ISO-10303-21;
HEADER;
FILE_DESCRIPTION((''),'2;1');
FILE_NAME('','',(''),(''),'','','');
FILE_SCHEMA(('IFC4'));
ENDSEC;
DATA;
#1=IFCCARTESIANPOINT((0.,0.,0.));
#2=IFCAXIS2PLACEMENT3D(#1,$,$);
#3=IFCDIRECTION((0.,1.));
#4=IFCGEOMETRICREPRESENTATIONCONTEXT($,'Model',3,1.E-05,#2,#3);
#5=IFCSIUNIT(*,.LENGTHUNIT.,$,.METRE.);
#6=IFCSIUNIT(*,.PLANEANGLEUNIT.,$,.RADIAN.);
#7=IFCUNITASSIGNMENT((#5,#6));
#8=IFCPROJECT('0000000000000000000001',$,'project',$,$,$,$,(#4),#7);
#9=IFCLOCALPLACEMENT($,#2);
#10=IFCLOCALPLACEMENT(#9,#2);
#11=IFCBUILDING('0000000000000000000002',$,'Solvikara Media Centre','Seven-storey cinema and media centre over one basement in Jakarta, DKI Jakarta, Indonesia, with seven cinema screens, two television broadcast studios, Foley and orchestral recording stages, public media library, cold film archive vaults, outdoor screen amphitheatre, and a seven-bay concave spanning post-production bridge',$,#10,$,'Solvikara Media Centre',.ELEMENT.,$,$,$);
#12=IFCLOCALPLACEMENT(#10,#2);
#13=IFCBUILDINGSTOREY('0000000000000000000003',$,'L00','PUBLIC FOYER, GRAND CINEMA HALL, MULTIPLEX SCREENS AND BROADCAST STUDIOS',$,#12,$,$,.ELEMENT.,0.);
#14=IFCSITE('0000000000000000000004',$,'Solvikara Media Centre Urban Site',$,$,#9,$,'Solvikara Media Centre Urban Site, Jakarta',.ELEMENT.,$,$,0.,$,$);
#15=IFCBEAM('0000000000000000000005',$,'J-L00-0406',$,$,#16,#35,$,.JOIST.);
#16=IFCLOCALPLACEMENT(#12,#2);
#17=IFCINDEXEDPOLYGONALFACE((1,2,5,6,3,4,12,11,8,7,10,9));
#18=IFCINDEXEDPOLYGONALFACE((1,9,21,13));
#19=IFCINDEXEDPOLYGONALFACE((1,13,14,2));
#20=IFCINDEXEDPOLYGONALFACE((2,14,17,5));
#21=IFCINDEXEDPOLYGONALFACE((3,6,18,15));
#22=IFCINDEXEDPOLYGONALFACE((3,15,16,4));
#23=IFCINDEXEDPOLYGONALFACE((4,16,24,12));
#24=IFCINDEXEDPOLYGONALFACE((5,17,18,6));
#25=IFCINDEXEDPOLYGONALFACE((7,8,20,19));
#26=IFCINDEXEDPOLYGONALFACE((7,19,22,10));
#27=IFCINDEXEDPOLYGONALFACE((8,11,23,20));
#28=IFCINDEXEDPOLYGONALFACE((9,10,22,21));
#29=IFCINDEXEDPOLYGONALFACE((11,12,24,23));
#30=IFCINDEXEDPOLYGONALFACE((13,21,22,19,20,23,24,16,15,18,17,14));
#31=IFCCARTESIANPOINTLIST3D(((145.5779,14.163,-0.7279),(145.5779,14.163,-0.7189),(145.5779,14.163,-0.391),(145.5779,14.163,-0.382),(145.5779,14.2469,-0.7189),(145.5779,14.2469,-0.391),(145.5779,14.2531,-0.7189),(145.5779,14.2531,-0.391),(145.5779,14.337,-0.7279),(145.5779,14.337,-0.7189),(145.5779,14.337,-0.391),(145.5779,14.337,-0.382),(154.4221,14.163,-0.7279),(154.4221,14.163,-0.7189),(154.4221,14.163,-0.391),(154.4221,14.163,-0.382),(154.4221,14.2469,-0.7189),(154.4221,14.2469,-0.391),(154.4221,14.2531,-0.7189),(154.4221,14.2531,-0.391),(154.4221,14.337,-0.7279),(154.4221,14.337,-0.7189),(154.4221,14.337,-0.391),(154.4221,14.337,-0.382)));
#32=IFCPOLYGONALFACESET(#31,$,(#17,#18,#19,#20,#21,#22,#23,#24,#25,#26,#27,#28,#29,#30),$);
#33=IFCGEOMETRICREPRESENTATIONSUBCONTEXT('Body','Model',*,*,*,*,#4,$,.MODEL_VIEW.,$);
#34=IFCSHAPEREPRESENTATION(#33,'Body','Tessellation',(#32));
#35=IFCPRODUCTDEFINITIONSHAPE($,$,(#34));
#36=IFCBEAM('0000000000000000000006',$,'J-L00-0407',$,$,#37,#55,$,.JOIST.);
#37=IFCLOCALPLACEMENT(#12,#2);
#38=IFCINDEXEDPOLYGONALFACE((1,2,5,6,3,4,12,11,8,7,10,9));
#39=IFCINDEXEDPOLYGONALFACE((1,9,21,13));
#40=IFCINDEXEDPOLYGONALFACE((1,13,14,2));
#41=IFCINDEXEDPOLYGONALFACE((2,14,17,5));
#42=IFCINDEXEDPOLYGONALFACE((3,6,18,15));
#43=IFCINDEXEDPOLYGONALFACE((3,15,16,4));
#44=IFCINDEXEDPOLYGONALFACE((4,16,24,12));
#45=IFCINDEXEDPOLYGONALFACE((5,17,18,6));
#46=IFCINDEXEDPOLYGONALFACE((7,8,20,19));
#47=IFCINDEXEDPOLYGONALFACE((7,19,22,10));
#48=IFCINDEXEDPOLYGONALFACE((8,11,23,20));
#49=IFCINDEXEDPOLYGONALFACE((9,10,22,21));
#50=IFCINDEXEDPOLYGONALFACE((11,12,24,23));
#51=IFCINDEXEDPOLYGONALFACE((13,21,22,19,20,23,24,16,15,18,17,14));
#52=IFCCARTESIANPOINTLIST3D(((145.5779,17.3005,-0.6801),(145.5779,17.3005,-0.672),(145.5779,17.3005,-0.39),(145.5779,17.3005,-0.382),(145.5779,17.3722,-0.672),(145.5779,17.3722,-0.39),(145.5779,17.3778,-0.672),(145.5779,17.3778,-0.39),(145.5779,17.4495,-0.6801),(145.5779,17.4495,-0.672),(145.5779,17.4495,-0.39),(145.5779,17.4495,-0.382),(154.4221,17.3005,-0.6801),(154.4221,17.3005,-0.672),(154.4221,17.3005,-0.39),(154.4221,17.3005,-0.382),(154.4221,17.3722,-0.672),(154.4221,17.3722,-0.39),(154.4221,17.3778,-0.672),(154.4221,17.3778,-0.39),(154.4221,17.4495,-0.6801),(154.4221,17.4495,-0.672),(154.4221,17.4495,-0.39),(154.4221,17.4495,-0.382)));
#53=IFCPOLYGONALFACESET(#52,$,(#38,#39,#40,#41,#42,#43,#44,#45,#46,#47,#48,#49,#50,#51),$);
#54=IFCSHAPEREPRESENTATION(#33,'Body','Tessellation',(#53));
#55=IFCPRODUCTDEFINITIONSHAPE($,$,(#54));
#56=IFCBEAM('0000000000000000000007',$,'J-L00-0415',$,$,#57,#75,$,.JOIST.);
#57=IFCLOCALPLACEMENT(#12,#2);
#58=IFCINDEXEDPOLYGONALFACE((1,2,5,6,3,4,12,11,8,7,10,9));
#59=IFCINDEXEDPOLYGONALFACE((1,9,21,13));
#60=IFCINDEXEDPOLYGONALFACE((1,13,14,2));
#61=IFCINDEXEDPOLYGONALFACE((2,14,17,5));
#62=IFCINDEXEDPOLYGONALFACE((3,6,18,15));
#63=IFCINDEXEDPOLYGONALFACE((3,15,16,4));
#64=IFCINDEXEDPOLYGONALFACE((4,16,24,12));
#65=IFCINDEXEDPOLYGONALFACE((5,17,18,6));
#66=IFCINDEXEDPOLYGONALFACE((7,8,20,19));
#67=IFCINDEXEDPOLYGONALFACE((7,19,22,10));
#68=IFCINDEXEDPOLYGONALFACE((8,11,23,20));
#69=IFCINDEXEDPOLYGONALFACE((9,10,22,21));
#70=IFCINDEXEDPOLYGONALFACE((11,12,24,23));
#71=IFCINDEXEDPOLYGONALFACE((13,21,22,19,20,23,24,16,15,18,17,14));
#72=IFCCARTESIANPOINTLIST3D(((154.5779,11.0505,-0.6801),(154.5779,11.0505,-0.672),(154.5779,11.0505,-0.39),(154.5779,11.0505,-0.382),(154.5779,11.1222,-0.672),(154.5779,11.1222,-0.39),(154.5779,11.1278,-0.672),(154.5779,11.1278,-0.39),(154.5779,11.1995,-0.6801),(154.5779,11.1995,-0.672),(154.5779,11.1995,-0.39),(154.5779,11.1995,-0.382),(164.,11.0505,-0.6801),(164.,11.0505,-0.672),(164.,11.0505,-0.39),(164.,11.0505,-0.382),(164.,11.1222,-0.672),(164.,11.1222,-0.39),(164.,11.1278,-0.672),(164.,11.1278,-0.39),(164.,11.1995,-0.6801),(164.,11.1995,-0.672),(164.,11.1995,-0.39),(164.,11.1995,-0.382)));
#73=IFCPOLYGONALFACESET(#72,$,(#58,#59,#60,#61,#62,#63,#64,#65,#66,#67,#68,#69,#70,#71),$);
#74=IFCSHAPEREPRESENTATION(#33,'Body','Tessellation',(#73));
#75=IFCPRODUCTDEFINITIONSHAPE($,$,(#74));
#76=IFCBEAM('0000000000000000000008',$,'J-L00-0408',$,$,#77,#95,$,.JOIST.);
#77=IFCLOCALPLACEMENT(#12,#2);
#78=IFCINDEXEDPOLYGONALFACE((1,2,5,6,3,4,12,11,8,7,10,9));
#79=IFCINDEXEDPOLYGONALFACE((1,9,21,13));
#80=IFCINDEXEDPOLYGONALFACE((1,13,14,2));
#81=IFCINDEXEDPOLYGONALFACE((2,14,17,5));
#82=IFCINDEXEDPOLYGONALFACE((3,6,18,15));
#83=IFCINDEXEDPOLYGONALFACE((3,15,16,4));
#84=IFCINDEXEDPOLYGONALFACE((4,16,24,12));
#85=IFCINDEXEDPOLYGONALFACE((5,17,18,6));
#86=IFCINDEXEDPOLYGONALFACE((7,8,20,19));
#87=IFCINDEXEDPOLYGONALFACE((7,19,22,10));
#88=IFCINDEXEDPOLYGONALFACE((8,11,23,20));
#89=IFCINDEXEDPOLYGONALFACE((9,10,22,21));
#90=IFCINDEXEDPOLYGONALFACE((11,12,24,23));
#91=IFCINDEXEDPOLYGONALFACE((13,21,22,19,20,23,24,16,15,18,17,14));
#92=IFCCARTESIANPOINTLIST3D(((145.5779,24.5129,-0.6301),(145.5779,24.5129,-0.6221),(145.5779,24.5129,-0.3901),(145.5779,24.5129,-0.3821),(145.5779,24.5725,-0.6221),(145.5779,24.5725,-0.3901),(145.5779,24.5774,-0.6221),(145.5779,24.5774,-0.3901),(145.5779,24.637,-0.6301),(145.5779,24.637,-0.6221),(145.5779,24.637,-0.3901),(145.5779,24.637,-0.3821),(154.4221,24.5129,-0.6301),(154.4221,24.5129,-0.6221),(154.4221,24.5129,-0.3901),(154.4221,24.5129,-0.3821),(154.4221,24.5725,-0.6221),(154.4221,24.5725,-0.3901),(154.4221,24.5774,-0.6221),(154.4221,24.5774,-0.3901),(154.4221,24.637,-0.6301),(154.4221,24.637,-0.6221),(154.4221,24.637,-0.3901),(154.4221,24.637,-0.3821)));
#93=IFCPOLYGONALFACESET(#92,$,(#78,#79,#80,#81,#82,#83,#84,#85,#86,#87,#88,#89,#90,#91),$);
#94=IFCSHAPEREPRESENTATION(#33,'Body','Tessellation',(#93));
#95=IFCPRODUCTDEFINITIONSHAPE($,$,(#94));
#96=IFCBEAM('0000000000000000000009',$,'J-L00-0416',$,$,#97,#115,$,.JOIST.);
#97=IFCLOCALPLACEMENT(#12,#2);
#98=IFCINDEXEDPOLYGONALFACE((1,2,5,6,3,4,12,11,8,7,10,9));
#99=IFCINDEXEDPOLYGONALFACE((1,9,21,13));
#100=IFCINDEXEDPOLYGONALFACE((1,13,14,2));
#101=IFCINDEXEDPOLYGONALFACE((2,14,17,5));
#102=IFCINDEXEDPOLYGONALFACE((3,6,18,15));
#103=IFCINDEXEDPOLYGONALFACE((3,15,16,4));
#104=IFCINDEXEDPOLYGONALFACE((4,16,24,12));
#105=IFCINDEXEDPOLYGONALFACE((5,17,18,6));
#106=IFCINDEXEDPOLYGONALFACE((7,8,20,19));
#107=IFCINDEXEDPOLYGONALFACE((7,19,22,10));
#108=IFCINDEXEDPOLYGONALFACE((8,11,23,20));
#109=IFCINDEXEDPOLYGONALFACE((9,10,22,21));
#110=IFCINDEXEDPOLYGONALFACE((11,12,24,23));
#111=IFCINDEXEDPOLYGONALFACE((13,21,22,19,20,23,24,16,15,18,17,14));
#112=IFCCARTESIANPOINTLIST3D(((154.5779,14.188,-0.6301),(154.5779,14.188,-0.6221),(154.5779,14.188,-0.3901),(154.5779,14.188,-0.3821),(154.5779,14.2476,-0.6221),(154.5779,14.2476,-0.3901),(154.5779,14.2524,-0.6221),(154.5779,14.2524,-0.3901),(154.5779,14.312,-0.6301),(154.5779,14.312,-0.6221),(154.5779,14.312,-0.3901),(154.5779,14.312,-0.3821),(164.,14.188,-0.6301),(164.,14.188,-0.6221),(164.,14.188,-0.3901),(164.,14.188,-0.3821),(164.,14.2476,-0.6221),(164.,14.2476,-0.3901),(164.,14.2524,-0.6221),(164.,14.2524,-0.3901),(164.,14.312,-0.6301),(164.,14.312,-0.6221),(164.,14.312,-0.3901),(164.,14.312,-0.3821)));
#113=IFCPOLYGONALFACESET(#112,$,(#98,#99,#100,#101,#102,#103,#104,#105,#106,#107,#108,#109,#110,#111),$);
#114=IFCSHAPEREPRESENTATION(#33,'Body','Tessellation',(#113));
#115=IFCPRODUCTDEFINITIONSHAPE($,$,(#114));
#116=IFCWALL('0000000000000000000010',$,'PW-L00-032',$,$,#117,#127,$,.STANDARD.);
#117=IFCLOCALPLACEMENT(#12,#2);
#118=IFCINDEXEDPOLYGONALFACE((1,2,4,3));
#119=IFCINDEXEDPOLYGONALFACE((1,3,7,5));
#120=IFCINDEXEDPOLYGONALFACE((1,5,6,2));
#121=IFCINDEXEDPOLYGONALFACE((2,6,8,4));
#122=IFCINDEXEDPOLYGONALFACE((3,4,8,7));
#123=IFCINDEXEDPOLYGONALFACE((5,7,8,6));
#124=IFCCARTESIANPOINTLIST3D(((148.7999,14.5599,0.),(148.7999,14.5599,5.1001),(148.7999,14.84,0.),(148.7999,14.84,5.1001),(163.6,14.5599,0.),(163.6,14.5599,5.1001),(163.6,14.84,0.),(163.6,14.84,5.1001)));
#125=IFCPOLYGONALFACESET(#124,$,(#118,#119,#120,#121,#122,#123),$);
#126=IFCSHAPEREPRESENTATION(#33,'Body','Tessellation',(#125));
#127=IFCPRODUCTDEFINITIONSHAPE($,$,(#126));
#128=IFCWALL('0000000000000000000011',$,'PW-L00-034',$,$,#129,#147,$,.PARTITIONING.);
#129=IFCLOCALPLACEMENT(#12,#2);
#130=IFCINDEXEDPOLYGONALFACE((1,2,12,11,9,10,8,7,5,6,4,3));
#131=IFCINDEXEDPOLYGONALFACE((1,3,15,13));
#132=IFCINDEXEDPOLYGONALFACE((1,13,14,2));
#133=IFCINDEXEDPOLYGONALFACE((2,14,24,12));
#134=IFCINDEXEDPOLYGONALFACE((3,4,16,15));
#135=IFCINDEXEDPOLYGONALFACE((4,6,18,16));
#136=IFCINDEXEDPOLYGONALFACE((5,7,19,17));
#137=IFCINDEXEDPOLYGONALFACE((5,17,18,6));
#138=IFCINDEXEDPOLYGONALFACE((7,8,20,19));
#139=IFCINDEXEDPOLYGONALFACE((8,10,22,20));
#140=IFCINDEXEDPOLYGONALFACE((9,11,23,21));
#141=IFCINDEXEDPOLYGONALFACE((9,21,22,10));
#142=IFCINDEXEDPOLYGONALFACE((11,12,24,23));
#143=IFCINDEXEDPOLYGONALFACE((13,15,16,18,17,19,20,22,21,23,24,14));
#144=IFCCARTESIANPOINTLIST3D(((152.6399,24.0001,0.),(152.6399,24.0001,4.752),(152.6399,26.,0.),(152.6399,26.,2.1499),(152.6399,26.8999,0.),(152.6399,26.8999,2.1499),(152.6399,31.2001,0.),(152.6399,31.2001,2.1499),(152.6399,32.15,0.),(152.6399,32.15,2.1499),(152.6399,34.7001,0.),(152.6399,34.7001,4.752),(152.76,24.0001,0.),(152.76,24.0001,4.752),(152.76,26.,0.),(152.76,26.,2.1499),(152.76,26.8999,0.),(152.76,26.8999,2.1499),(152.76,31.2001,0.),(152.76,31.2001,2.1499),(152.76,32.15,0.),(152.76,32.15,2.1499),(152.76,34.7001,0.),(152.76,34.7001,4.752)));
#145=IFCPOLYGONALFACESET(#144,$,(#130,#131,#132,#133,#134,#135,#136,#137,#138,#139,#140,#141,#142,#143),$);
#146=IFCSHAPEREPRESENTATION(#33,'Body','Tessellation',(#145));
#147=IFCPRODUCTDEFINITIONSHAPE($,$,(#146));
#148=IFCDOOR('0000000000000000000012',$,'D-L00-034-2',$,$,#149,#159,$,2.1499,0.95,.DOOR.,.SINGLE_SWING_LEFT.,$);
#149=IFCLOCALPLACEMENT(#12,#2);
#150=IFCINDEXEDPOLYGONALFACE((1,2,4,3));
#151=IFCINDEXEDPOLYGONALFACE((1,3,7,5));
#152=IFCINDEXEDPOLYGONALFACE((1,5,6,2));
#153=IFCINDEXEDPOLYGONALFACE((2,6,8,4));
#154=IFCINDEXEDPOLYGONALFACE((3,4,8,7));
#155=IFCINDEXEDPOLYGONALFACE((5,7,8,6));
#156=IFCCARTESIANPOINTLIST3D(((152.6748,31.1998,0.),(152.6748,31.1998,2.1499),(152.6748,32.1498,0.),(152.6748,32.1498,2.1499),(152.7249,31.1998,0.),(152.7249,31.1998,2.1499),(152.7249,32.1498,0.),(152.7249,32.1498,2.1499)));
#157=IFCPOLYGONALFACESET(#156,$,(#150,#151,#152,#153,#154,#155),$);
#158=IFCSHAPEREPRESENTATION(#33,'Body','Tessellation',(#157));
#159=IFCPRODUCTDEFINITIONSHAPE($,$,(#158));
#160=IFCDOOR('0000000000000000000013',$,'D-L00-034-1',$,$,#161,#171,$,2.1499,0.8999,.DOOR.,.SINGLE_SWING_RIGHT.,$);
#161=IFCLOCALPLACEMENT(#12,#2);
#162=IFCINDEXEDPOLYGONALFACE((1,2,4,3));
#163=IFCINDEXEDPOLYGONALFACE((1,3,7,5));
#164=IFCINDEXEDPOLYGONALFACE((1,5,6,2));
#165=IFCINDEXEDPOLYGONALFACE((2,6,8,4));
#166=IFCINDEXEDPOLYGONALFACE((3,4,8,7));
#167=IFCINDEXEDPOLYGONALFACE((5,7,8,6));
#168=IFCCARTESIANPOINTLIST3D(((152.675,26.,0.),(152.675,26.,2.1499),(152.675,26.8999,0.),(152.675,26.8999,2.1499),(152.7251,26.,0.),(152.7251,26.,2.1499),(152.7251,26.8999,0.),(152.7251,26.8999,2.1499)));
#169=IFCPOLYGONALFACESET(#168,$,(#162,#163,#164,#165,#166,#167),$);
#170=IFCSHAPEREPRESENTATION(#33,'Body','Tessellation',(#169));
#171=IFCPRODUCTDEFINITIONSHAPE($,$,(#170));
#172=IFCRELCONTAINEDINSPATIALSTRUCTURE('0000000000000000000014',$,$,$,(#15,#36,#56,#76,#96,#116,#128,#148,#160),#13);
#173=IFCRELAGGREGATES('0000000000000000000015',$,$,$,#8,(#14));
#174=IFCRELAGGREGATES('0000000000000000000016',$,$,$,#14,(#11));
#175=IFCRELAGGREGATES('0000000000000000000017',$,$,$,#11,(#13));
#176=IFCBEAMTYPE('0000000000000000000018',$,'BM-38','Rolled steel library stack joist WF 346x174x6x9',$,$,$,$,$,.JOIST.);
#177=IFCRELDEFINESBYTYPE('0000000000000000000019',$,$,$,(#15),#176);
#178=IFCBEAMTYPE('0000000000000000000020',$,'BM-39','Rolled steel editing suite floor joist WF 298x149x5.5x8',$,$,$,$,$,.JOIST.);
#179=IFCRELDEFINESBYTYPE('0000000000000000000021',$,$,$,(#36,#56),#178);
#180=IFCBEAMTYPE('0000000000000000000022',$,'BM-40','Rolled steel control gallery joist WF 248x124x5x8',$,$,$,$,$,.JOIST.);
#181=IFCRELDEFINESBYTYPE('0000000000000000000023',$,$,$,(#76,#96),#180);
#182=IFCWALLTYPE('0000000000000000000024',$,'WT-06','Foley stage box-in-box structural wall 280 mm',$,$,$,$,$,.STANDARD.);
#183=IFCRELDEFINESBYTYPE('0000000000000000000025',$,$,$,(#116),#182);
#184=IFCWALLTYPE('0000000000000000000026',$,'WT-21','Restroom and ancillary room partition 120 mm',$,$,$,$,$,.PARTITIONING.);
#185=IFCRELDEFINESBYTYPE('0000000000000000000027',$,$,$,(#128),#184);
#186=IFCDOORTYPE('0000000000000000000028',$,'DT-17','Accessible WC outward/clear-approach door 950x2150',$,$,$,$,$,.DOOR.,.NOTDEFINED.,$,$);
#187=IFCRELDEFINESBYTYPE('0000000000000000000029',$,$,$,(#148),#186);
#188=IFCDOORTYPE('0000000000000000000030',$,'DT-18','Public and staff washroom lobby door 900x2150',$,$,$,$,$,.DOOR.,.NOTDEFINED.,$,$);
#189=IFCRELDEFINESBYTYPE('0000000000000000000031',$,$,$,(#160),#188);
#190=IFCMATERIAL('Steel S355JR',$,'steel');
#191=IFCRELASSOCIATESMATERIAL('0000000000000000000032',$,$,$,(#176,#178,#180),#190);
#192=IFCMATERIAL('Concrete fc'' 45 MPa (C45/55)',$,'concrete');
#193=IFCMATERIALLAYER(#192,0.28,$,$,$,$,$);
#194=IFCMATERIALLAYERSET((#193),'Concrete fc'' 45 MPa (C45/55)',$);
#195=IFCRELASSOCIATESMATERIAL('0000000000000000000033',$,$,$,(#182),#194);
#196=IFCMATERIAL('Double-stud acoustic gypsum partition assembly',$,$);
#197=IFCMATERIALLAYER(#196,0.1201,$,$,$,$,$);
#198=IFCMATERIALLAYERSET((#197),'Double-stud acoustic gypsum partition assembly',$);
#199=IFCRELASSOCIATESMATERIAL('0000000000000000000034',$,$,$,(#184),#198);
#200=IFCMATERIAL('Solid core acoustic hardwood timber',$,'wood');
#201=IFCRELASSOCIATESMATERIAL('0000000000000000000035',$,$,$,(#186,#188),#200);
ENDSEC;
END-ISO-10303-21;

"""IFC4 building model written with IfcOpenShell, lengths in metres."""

from ifc_helpers import new_model, si_unit, direction, frame, frame_2d, origin, origin_2d, place, context, subcontext, project, spatial, rectangle, i_section, extrude, material, layer, layer_set, material_profile, profile_set, type_object, element, fill, save


model = new_model("IFC4")

# Units and contexts
model_context = context("Model", 3, precision=1e-05, world=origin(), true_north=direction((0.0, 1.0)))
body_context = subcontext(model_context, "Body", "Model", "MODEL_VIEW")
ifc_project = project(units=[si_unit("LENGTHUNIT", "METRE"), si_unit("PLANEANGLEUNIT", "RADIAN")], contexts=[model_context])

# Site, building, storey
site_placement = place(None, origin())
site = spatial("IfcSite", under=ifc_project, at=site_placement, Name="Solvikara Media Centre Urban Site", LongName="Solvikara Media Centre Urban Site, Jakarta", CompositionType="ELEMENT", RefElevation=0.0)
building_placement = place(site_placement, origin())
building = spatial("IfcBuilding", under=site, at=building_placement, Name="Solvikara Media Centre", Description="Seven-storey cinema and media centre over one basement in Jakarta, DKI Jakarta, Indonesia, with seven cinema screens, two television broadcast studios, Foley and orchestral recording stages, public media library, cold film archive vaults, outdoor screen amphitheatre, and a seven-bay concave spanning post-production bridge", LongName="Solvikara Media Centre", CompositionType="ELEMENT")
storey_placement = place(building_placement, origin())
storey = spatial("IfcBuildingStorey", under=building, at=storey_placement, Name="L00", Description="PUBLIC FOYER, GRAND CINEMA HALL, MULTIPLEX SCREENS AND BROADCAST STUDIOS", CompositionType="ELEMENT", Elevation=0.0)

# Shared definitions
ifc_material_1 = material(Name="Concrete fc' 45 MPa (C45/55)", Category="concrete")

# Beams
ifc_material_2 = material(Name="Steel S355JR", Category="steel")
ifc_material_profile_1 = material_profile(ifc_material_2, i_section(OverallWidth=0.1741, OverallDepth=0.3459, WebThickness=0.0061, FlangeThickness=0.009, at=origin_2d()), Name="WF 346x174x6x9")
ifc_profile_set_1 = profile_set([ifc_material_profile_1], Name="Steel S355JR")
beam_type_1 = type_object("IfcBeamType", Name="BM-38", Description="Rolled steel library stack joist WF 346x174x6x9", PredefinedType="JOIST", material=ifc_profile_set_1)
beam_1_placement = place(storey_placement, frame((145.5779, 14.25, -0.5549), z_axis=(1.0, 0.0, 0.0), x_axis=(0.0, 1.0, 0.0)))
element("IfcBeam", 1, at=beam_1_placement, inside=storey, type_object=beam_type_1, Name="J-L00-0406", PredefinedType="JOIST", context=body_context, shape_type="SweptSolid", body=[
    extrude(i_section(OverallWidth=0.1741, OverallDepth=0.3459, WebThickness=0.0061, FlangeThickness=0.009, at=origin_2d()), origin(), (0.0, 0.0, 1.0), 8.8442),
])
ifc_material_profile_2 = material_profile(ifc_material_2, i_section(OverallWidth=0.1489, OverallDepth=0.2981, WebThickness=0.0056, FlangeThickness=0.0081, at=origin_2d()), Name="WF 298x149x5.5x8")
ifc_profile_set_2 = profile_set([ifc_material_profile_2], Name="Steel S355JR")
beam_type_2 = type_object("IfcBeamType", Name="BM-39", Description="Rolled steel editing suite floor joist WF 298x149x5.5x8", PredefinedType="JOIST", material=ifc_profile_set_2)
beam_2_placement = place(storey_placement, frame((145.5779, 17.375, -0.531), z_axis=(1.0, 0.0, 0.0), x_axis=(0.0, 1.0, 0.0)))
element("IfcBeam", 2, at=beam_2_placement, inside=storey, type_object=beam_type_2, Name="J-L00-0407", PredefinedType="JOIST", context=body_context, shape_type="SweptSolid", body=[
    extrude(i_section(OverallWidth=0.1489, OverallDepth=0.2981, WebThickness=0.0056, FlangeThickness=0.0081, at=origin_2d()), origin(), (0.0, 0.0, 1.0), 8.8442),
])
beam_3_placement = place(storey_placement, frame((154.5779, 11.125, -0.531), z_axis=(1.0, 0.0, 0.0), x_axis=(0.0, 1.0, 0.0)))
element("IfcBeam", 3, at=beam_3_placement, inside=storey, type_object=beam_type_2, Name="J-L00-0415", PredefinedType="JOIST", context=body_context, shape_type="SweptSolid", body=[
    extrude(i_section(OverallWidth=0.1489, OverallDepth=0.2981, WebThickness=0.0056, FlangeThickness=0.0081, at=origin_2d()), origin(), (0.0, 0.0, 1.0), 9.4221),
])
ifc_material_profile_3 = material_profile(ifc_material_2, i_section(OverallWidth=0.124, OverallDepth=0.248, WebThickness=0.0049, FlangeThickness=0.0081, at=origin_2d()), Name="WF 248x124x5x8")
ifc_profile_set_3 = profile_set([ifc_material_profile_3], Name="Steel S355JR")
beam_type_3 = type_object("IfcBeamType", Name="BM-40", Description="Rolled steel control gallery joist WF 248x124x5x8", PredefinedType="JOIST", material=ifc_profile_set_3)
beam_4_placement = place(storey_placement, frame((145.5779, 24.575, -0.5061), z_axis=(1.0, 0.0, 0.0), x_axis=(0.0, 1.0, 0.0)))
element("IfcBeam", 4, at=beam_4_placement, inside=storey, type_object=beam_type_3, Name="J-L00-0408", PredefinedType="JOIST", context=body_context, shape_type="SweptSolid", body=[
    extrude(i_section(OverallWidth=0.124, OverallDepth=0.248, WebThickness=0.0049, FlangeThickness=0.0081, at=origin_2d()), origin(), (0.0, 0.0, 1.0), 8.8442),
])
beam_5_placement = place(storey_placement, frame((154.5779, 14.25, -0.5061), z_axis=(1.0, 0.0, 0.0), x_axis=(0.0, 1.0, 0.0)))
element("IfcBeam", 5, at=beam_5_placement, inside=storey, type_object=beam_type_3, Name="J-L00-0416", PredefinedType="JOIST", context=body_context, shape_type="SweptSolid", body=[
    extrude(i_section(OverallWidth=0.124, OverallDepth=0.248, WebThickness=0.0049, FlangeThickness=0.0081, at=origin_2d()), origin(), (0.0, 0.0, 1.0), 9.4221),
])

# Wall
ifc_layer_1 = layer(ifc_material_1, 0.28)
ifc_layer_set_1 = layer_set([ifc_layer_1], Name="Concrete fc' 45 MPa (C45/55)")
wall_type_1 = type_object("IfcWallType", Name="WT-06", Description="Foley stage box-in-box structural wall 280 mm", PredefinedType="STANDARD", material=ifc_layer_set_1)
wall_1_placement = place(storey_placement, frame((148.8, 14.7, 0.0), z_axis=(0.0, 0.0, 1.0), x_axis=(1.0, 0.0, 0.0)))
element("IfcWall", 6, at=wall_1_placement, inside=storey, type_object=wall_type_1, Name="PW-L00-032", PredefinedType="STANDARD", context=body_context, shape_type="SweptSolid", body=[
    extrude(rectangle(XDim=14.8, YDim=0.28, at=frame_2d((7.3999, 0.0))), origin(), (0.0, 0.0, 1.0), 5.1001),
])

# Wall, openings, doors
ifc_material_3 = material(Name="Double-stud acoustic gypsum partition assembly")
ifc_layer_2 = layer(ifc_material_3, 0.1201)
ifc_layer_set_2 = layer_set([ifc_layer_2], Name="Double-stud acoustic gypsum partition assembly")
wall_type_2 = type_object("IfcWallType", Name="WT-21", Description="Restroom and ancillary room partition 120 mm", PredefinedType="PARTITIONING", material=ifc_layer_set_2)
wall_2_placement = place(storey_placement, frame((152.7, 24.0, 0.0), z_axis=(0.0, 0.0, 1.0), x_axis=(0.0, 1.0, 0.0)))
wall_2 = element("IfcWall", 7, at=wall_2_placement, inside=storey, type_object=wall_type_2, Name="PW-L00-034", PredefinedType="PARTITIONING", context=body_context, shape_type="SweptSolid", body=[
    extrude(rectangle(XDim=10.7, YDim=0.1201, at=frame_2d((5.3501, 0.0))), origin(), (0.0, 0.0, 1.0), 4.752),
])
opening_1_placement = place(wall_2_placement, frame((2.0, 0.0, 0.0)))
opening_1 = element("IfcOpeningElement", 8, at=opening_1_placement, cuts=wall_2, PredefinedType="OPENING", context=body_context, shape_type="SweptSolid", body=[
    extrude(rectangle(XDim=0.8999, YDim=2.1499, at=frame_2d((0.45, 1.075))), frame((0.0, 0.072, 0.0), z_axis=(0.0, -1.0, 0.0), x_axis=(1.0, 0.0, 0.0)), (0.0, 0.0, 1.0), 0.144),
])
opening_2_placement = place(wall_2_placement, frame((7.2, 0.0, 0.0)))
opening_2 = element("IfcOpeningElement", 9, at=opening_2_placement, cuts=wall_2, PredefinedType="OPENING", context=body_context, shape_type="SweptSolid", body=[
    extrude(rectangle(XDim=0.95, YDim=2.1499, at=frame_2d((0.4751, 1.075))), frame((0.0, 0.072, 0.0), z_axis=(0.0, -1.0, 0.0), x_axis=(1.0, 0.0, 0.0)), (0.0, 0.0, 1.0), 0.144),
])
ifc_material_4 = material(Name="Solid core acoustic hardwood timber", Category="wood")
door_type_1 = type_object("IfcDoorType", Name="DT-17", Description="Accessible WC outward/clear-approach door 950x2150", OperationType="NOTDEFINED", PredefinedType="DOOR", material=ifc_material_4)
door_1_placement = place(opening_2_placement, frame((0.95, 0.0, 0.0), z_axis=(0.0, 0.0, 1.0), x_axis=(-1.0, 0.0, 0.0)))
door_1 = element("IfcDoor", 10, at=door_1_placement, inside=storey, type_object=door_type_1, Name="D-L00-034-2", OperationType="SINGLE_SWING_LEFT", OverallHeight=2.1499, OverallWidth=0.95, PredefinedType="DOOR", context=body_context, shape_type="SweptSolid", body=[
    extrude(rectangle(XDim=0.95, YDim=2.1499, at=frame_2d((0.4751, 1.075))), frame((0.0, 0.0249, 0.0), z_axis=(0.0, -1.0, 0.0), x_axis=(1.0, 0.0, 0.0)), (0.0, 0.0, 1.0), 0.05),
])
fill(opening_2, door_1)
door_type_2 = type_object("IfcDoorType", Name="DT-18", Description="Public and staff washroom lobby door 900x2150", OperationType="NOTDEFINED", PredefinedType="DOOR", material=ifc_material_4)
door_2_placement = place(opening_1_placement, origin())
door_2 = element("IfcDoor", 11, at=door_2_placement, inside=storey, type_object=door_type_2, Name="D-L00-034-1", OperationType="SINGLE_SWING_RIGHT", OverallHeight=2.1499, OverallWidth=0.8999, PredefinedType="DOOR", context=body_context, shape_type="SweptSolid", body=[
    extrude(rectangle(XDim=0.8999, YDim=2.1499, at=frame_2d((0.45, 1.075))), frame((0.0, 0.0249, 0.0), z_axis=(0.0, -1.0, 0.0), x_axis=(1.0, 0.0, 0.0)), (0.0, 0.0, 1.0), 0.05),
])
fill(opening_1, door_2)

save(model, "model.ifc")
